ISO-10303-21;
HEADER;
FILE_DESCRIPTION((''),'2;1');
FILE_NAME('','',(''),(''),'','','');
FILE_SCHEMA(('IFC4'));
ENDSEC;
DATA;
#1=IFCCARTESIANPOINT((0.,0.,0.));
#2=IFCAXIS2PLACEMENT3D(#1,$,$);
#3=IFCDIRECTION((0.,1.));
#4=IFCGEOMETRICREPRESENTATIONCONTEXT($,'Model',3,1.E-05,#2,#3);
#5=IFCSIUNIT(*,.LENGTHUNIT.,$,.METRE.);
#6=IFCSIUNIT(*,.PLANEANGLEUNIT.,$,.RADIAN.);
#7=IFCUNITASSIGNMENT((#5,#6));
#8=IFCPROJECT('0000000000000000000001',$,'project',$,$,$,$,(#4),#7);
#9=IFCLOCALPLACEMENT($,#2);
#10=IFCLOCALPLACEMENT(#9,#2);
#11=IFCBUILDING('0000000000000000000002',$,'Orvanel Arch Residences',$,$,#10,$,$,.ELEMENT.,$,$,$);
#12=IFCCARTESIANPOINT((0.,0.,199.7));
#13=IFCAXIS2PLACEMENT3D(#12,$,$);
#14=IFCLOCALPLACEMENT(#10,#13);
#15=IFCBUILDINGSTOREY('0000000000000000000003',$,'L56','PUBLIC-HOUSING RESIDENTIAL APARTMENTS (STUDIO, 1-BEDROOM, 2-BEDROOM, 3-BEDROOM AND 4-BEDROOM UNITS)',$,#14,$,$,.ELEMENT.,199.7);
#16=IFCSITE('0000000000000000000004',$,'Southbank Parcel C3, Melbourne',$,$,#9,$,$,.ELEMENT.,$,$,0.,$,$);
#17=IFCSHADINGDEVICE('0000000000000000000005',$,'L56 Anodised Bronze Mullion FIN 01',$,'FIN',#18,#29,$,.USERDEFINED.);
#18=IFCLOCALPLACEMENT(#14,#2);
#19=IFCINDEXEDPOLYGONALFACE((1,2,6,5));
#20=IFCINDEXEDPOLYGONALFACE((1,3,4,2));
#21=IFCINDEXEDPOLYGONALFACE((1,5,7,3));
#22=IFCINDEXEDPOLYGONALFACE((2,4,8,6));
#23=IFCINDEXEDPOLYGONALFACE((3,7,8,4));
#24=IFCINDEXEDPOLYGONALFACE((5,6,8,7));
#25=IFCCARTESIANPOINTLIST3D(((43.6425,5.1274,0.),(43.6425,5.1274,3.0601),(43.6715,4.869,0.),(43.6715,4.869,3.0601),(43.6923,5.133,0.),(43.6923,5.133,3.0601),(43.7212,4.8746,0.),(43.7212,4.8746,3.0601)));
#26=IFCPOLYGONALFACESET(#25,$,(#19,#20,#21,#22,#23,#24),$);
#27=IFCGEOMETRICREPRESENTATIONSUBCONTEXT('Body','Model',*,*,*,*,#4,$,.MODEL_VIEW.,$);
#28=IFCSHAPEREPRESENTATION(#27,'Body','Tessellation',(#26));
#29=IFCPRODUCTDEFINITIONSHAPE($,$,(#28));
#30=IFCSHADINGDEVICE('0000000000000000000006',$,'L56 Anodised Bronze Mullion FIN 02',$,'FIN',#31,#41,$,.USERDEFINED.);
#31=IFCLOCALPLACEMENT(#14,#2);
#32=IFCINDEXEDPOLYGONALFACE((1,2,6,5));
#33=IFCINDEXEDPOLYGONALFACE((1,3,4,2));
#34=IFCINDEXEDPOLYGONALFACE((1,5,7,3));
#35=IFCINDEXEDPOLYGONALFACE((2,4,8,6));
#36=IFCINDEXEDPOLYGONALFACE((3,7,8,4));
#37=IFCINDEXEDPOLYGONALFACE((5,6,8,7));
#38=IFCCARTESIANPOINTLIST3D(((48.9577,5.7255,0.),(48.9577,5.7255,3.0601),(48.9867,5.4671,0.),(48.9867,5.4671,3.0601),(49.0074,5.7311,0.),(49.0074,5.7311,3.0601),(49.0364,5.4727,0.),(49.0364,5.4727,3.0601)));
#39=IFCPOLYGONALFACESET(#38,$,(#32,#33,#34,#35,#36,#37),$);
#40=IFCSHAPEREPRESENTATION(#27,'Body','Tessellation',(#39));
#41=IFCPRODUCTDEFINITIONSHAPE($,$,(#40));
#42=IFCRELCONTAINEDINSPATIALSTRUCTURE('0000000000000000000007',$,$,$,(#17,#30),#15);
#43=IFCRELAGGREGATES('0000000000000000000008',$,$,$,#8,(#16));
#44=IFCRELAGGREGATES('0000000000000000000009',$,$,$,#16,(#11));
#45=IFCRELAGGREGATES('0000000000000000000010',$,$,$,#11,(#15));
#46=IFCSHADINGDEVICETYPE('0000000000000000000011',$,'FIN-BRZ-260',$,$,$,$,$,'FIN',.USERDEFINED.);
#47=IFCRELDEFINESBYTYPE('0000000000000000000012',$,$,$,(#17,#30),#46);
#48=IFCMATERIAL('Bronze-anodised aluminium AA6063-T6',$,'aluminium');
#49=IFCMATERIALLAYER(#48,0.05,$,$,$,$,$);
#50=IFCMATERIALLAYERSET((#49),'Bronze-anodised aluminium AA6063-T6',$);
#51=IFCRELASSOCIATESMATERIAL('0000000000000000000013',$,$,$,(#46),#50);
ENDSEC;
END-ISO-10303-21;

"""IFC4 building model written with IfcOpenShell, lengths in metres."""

from ifc_helpers import new_model, si_unit, direction, frame, origin, origin_2d, place, context, subcontext, project, spatial, rectangle, extrude, material, layer, layer_set, type_object, element, save


model = new_model("IFC4")

# Units and contexts
model_context = context("Model", 3, precision=1e-05, world=origin(), true_north=direction((0.0, 1.0)))
body_context = subcontext(model_context, "Body", "Model", "MODEL_VIEW")
ifc_project = project(units=[si_unit("LENGTHUNIT", "METRE"), si_unit("PLANEANGLEUNIT", "RADIAN")], contexts=[model_context])

# Site, building, storey
site_placement = place(None, origin())
site = spatial("IfcSite", under=ifc_project, at=site_placement, Name="Southbank Parcel C3, Melbourne", CompositionType="ELEMENT", RefElevation=0.0)
building_placement = place(site_placement, origin())
building = spatial("IfcBuilding", under=site, at=building_placement, Name="Orvanel Arch Residences", CompositionType="ELEMENT")
storey_placement = place(building_placement, frame((0.0, 0.0, 199.7)))
storey = spatial("IfcBuildingStorey", under=building, at=storey_placement, Name="L56", Description="PUBLIC-HOUSING RESIDENTIAL APARTMENTS (STUDIO, 1-BEDROOM, 2-BEDROOM, 3-BEDROOM AND 4-BEDROOM UNITS)", CompositionType="ELEMENT", Elevation=199.7)

# Shared definitions
ifc_material_1 = material(Name="Bronze-anodised aluminium AA6063-T6", Category="aluminium")

# Shading devices
ifc_layer_1 = layer(ifc_material_1, 0.05)
ifc_layer_set_1 = layer_set([ifc_layer_1], Name="Bronze-anodised aluminium AA6063-T6")
shading_device_type = type_object("IfcShadingDeviceType", Name="FIN-BRZ-260", ElementType="FIN", PredefinedType="USERDEFINED", material=ifc_layer_set_1)
for number, where, z_axis, x_axis, name in (
    (1, (43.6819, 5.001, 0.0), (0.0, 0.0, 1.0), (0.111469, -0.993768, 0.0), "L56 Anodised Bronze Mullion FIN 01"),
    (2, (48.9971, 5.5991, 0.0), (0.0, 0.0, 1.0), (0.111469, -0.993768, 0.0), "L56 Anodised Bronze Mullion FIN 02"),
):
    element("IfcShadingDevice", number, at=place(storey_placement, frame(where, z_axis=z_axis, x_axis=x_axis)), inside=storey, type_object=shading_device_type, Name=name, ObjectType="FIN", PredefinedType="USERDEFINED", context=body_context, shape_type="SweptSolid", body=[
        extrude(rectangle(XDim=0.26, YDim=0.05, at=origin_2d()), origin(), (0.0, 0.0, 1.0), 3.0601),
    ])

save(model, "model.ifc")
